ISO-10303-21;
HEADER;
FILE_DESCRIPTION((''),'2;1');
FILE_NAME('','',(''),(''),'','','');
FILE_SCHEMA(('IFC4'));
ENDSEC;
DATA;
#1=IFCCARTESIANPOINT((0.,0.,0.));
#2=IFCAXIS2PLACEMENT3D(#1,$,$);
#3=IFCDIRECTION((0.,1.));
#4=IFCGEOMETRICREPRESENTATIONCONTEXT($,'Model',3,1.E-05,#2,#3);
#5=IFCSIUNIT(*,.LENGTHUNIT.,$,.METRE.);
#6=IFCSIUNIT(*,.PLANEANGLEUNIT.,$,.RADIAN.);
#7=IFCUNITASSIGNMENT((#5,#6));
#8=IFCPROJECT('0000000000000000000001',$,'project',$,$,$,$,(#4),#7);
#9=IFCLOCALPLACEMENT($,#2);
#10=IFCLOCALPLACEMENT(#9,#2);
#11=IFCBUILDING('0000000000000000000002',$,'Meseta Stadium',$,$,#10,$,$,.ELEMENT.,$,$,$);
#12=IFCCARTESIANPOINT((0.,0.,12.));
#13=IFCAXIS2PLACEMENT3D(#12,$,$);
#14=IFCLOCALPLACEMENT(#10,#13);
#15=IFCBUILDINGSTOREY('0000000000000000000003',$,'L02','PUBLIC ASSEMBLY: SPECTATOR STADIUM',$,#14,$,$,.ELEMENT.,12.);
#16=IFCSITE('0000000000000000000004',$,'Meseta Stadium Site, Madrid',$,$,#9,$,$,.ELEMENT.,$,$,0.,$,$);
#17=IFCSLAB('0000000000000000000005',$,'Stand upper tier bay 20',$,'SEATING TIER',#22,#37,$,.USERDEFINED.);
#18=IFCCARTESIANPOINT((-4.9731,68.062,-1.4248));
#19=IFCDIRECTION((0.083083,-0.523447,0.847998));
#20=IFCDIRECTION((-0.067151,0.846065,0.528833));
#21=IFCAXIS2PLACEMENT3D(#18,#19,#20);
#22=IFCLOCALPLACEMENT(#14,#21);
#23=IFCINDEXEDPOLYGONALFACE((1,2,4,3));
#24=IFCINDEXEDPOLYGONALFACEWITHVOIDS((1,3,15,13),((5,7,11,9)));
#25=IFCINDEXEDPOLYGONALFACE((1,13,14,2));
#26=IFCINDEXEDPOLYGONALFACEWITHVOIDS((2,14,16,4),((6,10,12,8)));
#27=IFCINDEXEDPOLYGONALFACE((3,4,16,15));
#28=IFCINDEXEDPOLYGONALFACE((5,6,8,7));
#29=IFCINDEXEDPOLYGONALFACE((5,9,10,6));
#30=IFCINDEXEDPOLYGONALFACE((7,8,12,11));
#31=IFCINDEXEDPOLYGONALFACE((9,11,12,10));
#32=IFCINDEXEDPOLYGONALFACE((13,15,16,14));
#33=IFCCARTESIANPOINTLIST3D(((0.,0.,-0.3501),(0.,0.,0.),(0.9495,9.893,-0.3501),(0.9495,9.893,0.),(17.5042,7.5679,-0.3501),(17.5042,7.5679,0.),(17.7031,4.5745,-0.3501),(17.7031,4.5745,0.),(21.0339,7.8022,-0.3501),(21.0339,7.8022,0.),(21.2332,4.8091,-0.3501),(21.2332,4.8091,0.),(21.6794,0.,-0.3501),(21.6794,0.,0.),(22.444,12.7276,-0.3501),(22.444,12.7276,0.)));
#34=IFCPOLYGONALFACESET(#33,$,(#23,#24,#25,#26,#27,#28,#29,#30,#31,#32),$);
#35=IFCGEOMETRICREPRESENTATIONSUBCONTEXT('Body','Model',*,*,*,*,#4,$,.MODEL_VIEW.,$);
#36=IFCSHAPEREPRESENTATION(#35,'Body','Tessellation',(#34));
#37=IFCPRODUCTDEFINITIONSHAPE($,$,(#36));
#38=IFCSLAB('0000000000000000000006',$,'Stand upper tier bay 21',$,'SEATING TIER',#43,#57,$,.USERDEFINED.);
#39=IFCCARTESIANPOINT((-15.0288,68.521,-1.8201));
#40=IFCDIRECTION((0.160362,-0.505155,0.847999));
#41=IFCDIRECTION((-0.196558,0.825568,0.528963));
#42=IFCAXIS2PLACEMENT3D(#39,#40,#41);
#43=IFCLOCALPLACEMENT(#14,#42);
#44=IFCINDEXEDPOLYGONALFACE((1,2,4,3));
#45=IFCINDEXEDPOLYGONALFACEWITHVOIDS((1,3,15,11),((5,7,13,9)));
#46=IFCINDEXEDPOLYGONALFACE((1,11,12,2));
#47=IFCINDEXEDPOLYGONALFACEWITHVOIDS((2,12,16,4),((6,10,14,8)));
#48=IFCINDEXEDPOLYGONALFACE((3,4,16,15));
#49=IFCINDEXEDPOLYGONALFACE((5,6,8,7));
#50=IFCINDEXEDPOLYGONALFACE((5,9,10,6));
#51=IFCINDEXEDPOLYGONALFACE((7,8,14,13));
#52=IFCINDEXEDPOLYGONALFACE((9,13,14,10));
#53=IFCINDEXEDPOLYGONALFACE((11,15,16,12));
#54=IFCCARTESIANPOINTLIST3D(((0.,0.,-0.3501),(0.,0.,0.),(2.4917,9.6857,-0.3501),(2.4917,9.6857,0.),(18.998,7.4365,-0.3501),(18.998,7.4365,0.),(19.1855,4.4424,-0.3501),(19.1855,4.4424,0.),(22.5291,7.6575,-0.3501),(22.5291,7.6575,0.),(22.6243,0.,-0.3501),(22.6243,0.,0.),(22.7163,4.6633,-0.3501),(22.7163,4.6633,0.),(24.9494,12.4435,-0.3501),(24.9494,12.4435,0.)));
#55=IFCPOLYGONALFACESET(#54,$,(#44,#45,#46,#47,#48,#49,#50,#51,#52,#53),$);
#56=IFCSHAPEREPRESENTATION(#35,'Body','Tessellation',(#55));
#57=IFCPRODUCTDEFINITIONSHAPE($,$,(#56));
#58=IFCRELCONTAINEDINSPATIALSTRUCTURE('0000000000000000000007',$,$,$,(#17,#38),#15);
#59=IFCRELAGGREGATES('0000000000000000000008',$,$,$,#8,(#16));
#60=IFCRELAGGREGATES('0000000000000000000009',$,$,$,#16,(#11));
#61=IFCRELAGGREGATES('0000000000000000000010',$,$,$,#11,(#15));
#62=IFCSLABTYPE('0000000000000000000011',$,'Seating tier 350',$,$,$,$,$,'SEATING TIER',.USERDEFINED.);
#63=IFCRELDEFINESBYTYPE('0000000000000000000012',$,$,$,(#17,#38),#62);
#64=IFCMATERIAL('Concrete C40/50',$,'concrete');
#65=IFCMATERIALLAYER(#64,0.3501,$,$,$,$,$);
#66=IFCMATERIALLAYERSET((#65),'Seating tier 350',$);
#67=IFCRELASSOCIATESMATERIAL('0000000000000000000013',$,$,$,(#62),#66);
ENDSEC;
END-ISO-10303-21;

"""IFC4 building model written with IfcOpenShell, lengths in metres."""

from ifc_helpers import new_model, si_unit, direction, frame, origin, place, context, subcontext, project, spatial, polyline, outline, extrude, material, layer, layer_set, type_object, element, save


model = new_model("IFC4")

# Units and contexts
model_context = context("Model", 3, precision=1e-05, world=origin(), true_north=direction((0.0, 1.0)))
body_context = subcontext(model_context, "Body", "Model", "MODEL_VIEW")
ifc_project = project(units=[si_unit("LENGTHUNIT", "METRE"), si_unit("PLANEANGLEUNIT", "RADIAN")], contexts=[model_context])

# Site, building, storey
site_placement = place(None, origin())
site = spatial("IfcSite", under=ifc_project, at=site_placement, Name="Meseta Stadium Site, Madrid", CompositionType="ELEMENT", RefElevation=0.0)
building_placement = place(site_placement, origin())
building = spatial("IfcBuilding", under=site, at=building_placement, Name="Meseta Stadium", CompositionType="ELEMENT")
storey_placement = place(building_placement, frame((0.0, 0.0, 12.0)))
storey = spatial("IfcBuildingStorey", under=building, at=storey_placement, Name="L02", Description="PUBLIC ASSEMBLY: SPECTATOR STADIUM", CompositionType="ELEMENT", Elevation=12.0)

# Slabs
ifc_material_1 = material(Name="Concrete C40/50", Category="concrete")
ifc_layer_1 = layer(ifc_material_1, 0.3501)
ifc_layer_set_1 = layer_set([ifc_layer_1], Name="Seating tier 350")
slab_type = type_object("IfcSlabType", Name="Seating tier 350", ElementType="SEATING TIER", PredefinedType="USERDEFINED", material=ifc_layer_set_1)
slab_1_placement = place(storey_placement, frame((-4.9731, 68.062, -1.4248), z_axis=(0.083083, -0.523447, 0.847998), x_axis=(-0.067151, 0.846065, 0.528833)))
element("IfcSlab", 1, at=slab_1_placement, inside=storey, type_object=slab_type, Name="Stand upper tier bay 20", ObjectType="SEATING TIER", PredefinedType="USERDEFINED", context=body_context, shape_type="SweptSolid", body=[
    extrude(outline(polyline([(0.0, 0.0), (21.6794, 0.0), (22.444, 12.7276), (0.9495, 9.893), (0.0, 0.0)]), holes=[polyline([(17.7031, 4.5745), (21.2332, 4.8091), (21.0339, 7.8022), (17.5042, 7.5679), (17.7031, 4.5745)])]), origin(), (0.0, 0.0, -1.0), 0.3501),
])
slab_2_placement = place(storey_placement, frame((-15.0288, 68.521, -1.8201), z_axis=(0.160362, -0.505155, 0.847999), x_axis=(-0.196558, 0.825568, 0.528963)))
element("IfcSlab", 2, at=slab_2_placement, inside=storey, type_object=slab_type, Name="Stand upper tier bay 21", ObjectType="SEATING TIER", PredefinedType="USERDEFINED", context=body_context, shape_type="SweptSolid", body=[
    extrude(outline(polyline([(0.0, 0.0), (22.6243, 0.0), (24.9494, 12.4435), (2.4917, 9.6857), (0.0, 0.0)]), holes=[polyline([(19.1855, 4.4424), (22.7163, 4.6633), (22.5291, 7.6575), (18.998, 7.4365), (19.1855, 4.4424)])]), origin(), (0.0, 0.0, -1.0), 0.3501),
])

save(model, "model.ifc")
